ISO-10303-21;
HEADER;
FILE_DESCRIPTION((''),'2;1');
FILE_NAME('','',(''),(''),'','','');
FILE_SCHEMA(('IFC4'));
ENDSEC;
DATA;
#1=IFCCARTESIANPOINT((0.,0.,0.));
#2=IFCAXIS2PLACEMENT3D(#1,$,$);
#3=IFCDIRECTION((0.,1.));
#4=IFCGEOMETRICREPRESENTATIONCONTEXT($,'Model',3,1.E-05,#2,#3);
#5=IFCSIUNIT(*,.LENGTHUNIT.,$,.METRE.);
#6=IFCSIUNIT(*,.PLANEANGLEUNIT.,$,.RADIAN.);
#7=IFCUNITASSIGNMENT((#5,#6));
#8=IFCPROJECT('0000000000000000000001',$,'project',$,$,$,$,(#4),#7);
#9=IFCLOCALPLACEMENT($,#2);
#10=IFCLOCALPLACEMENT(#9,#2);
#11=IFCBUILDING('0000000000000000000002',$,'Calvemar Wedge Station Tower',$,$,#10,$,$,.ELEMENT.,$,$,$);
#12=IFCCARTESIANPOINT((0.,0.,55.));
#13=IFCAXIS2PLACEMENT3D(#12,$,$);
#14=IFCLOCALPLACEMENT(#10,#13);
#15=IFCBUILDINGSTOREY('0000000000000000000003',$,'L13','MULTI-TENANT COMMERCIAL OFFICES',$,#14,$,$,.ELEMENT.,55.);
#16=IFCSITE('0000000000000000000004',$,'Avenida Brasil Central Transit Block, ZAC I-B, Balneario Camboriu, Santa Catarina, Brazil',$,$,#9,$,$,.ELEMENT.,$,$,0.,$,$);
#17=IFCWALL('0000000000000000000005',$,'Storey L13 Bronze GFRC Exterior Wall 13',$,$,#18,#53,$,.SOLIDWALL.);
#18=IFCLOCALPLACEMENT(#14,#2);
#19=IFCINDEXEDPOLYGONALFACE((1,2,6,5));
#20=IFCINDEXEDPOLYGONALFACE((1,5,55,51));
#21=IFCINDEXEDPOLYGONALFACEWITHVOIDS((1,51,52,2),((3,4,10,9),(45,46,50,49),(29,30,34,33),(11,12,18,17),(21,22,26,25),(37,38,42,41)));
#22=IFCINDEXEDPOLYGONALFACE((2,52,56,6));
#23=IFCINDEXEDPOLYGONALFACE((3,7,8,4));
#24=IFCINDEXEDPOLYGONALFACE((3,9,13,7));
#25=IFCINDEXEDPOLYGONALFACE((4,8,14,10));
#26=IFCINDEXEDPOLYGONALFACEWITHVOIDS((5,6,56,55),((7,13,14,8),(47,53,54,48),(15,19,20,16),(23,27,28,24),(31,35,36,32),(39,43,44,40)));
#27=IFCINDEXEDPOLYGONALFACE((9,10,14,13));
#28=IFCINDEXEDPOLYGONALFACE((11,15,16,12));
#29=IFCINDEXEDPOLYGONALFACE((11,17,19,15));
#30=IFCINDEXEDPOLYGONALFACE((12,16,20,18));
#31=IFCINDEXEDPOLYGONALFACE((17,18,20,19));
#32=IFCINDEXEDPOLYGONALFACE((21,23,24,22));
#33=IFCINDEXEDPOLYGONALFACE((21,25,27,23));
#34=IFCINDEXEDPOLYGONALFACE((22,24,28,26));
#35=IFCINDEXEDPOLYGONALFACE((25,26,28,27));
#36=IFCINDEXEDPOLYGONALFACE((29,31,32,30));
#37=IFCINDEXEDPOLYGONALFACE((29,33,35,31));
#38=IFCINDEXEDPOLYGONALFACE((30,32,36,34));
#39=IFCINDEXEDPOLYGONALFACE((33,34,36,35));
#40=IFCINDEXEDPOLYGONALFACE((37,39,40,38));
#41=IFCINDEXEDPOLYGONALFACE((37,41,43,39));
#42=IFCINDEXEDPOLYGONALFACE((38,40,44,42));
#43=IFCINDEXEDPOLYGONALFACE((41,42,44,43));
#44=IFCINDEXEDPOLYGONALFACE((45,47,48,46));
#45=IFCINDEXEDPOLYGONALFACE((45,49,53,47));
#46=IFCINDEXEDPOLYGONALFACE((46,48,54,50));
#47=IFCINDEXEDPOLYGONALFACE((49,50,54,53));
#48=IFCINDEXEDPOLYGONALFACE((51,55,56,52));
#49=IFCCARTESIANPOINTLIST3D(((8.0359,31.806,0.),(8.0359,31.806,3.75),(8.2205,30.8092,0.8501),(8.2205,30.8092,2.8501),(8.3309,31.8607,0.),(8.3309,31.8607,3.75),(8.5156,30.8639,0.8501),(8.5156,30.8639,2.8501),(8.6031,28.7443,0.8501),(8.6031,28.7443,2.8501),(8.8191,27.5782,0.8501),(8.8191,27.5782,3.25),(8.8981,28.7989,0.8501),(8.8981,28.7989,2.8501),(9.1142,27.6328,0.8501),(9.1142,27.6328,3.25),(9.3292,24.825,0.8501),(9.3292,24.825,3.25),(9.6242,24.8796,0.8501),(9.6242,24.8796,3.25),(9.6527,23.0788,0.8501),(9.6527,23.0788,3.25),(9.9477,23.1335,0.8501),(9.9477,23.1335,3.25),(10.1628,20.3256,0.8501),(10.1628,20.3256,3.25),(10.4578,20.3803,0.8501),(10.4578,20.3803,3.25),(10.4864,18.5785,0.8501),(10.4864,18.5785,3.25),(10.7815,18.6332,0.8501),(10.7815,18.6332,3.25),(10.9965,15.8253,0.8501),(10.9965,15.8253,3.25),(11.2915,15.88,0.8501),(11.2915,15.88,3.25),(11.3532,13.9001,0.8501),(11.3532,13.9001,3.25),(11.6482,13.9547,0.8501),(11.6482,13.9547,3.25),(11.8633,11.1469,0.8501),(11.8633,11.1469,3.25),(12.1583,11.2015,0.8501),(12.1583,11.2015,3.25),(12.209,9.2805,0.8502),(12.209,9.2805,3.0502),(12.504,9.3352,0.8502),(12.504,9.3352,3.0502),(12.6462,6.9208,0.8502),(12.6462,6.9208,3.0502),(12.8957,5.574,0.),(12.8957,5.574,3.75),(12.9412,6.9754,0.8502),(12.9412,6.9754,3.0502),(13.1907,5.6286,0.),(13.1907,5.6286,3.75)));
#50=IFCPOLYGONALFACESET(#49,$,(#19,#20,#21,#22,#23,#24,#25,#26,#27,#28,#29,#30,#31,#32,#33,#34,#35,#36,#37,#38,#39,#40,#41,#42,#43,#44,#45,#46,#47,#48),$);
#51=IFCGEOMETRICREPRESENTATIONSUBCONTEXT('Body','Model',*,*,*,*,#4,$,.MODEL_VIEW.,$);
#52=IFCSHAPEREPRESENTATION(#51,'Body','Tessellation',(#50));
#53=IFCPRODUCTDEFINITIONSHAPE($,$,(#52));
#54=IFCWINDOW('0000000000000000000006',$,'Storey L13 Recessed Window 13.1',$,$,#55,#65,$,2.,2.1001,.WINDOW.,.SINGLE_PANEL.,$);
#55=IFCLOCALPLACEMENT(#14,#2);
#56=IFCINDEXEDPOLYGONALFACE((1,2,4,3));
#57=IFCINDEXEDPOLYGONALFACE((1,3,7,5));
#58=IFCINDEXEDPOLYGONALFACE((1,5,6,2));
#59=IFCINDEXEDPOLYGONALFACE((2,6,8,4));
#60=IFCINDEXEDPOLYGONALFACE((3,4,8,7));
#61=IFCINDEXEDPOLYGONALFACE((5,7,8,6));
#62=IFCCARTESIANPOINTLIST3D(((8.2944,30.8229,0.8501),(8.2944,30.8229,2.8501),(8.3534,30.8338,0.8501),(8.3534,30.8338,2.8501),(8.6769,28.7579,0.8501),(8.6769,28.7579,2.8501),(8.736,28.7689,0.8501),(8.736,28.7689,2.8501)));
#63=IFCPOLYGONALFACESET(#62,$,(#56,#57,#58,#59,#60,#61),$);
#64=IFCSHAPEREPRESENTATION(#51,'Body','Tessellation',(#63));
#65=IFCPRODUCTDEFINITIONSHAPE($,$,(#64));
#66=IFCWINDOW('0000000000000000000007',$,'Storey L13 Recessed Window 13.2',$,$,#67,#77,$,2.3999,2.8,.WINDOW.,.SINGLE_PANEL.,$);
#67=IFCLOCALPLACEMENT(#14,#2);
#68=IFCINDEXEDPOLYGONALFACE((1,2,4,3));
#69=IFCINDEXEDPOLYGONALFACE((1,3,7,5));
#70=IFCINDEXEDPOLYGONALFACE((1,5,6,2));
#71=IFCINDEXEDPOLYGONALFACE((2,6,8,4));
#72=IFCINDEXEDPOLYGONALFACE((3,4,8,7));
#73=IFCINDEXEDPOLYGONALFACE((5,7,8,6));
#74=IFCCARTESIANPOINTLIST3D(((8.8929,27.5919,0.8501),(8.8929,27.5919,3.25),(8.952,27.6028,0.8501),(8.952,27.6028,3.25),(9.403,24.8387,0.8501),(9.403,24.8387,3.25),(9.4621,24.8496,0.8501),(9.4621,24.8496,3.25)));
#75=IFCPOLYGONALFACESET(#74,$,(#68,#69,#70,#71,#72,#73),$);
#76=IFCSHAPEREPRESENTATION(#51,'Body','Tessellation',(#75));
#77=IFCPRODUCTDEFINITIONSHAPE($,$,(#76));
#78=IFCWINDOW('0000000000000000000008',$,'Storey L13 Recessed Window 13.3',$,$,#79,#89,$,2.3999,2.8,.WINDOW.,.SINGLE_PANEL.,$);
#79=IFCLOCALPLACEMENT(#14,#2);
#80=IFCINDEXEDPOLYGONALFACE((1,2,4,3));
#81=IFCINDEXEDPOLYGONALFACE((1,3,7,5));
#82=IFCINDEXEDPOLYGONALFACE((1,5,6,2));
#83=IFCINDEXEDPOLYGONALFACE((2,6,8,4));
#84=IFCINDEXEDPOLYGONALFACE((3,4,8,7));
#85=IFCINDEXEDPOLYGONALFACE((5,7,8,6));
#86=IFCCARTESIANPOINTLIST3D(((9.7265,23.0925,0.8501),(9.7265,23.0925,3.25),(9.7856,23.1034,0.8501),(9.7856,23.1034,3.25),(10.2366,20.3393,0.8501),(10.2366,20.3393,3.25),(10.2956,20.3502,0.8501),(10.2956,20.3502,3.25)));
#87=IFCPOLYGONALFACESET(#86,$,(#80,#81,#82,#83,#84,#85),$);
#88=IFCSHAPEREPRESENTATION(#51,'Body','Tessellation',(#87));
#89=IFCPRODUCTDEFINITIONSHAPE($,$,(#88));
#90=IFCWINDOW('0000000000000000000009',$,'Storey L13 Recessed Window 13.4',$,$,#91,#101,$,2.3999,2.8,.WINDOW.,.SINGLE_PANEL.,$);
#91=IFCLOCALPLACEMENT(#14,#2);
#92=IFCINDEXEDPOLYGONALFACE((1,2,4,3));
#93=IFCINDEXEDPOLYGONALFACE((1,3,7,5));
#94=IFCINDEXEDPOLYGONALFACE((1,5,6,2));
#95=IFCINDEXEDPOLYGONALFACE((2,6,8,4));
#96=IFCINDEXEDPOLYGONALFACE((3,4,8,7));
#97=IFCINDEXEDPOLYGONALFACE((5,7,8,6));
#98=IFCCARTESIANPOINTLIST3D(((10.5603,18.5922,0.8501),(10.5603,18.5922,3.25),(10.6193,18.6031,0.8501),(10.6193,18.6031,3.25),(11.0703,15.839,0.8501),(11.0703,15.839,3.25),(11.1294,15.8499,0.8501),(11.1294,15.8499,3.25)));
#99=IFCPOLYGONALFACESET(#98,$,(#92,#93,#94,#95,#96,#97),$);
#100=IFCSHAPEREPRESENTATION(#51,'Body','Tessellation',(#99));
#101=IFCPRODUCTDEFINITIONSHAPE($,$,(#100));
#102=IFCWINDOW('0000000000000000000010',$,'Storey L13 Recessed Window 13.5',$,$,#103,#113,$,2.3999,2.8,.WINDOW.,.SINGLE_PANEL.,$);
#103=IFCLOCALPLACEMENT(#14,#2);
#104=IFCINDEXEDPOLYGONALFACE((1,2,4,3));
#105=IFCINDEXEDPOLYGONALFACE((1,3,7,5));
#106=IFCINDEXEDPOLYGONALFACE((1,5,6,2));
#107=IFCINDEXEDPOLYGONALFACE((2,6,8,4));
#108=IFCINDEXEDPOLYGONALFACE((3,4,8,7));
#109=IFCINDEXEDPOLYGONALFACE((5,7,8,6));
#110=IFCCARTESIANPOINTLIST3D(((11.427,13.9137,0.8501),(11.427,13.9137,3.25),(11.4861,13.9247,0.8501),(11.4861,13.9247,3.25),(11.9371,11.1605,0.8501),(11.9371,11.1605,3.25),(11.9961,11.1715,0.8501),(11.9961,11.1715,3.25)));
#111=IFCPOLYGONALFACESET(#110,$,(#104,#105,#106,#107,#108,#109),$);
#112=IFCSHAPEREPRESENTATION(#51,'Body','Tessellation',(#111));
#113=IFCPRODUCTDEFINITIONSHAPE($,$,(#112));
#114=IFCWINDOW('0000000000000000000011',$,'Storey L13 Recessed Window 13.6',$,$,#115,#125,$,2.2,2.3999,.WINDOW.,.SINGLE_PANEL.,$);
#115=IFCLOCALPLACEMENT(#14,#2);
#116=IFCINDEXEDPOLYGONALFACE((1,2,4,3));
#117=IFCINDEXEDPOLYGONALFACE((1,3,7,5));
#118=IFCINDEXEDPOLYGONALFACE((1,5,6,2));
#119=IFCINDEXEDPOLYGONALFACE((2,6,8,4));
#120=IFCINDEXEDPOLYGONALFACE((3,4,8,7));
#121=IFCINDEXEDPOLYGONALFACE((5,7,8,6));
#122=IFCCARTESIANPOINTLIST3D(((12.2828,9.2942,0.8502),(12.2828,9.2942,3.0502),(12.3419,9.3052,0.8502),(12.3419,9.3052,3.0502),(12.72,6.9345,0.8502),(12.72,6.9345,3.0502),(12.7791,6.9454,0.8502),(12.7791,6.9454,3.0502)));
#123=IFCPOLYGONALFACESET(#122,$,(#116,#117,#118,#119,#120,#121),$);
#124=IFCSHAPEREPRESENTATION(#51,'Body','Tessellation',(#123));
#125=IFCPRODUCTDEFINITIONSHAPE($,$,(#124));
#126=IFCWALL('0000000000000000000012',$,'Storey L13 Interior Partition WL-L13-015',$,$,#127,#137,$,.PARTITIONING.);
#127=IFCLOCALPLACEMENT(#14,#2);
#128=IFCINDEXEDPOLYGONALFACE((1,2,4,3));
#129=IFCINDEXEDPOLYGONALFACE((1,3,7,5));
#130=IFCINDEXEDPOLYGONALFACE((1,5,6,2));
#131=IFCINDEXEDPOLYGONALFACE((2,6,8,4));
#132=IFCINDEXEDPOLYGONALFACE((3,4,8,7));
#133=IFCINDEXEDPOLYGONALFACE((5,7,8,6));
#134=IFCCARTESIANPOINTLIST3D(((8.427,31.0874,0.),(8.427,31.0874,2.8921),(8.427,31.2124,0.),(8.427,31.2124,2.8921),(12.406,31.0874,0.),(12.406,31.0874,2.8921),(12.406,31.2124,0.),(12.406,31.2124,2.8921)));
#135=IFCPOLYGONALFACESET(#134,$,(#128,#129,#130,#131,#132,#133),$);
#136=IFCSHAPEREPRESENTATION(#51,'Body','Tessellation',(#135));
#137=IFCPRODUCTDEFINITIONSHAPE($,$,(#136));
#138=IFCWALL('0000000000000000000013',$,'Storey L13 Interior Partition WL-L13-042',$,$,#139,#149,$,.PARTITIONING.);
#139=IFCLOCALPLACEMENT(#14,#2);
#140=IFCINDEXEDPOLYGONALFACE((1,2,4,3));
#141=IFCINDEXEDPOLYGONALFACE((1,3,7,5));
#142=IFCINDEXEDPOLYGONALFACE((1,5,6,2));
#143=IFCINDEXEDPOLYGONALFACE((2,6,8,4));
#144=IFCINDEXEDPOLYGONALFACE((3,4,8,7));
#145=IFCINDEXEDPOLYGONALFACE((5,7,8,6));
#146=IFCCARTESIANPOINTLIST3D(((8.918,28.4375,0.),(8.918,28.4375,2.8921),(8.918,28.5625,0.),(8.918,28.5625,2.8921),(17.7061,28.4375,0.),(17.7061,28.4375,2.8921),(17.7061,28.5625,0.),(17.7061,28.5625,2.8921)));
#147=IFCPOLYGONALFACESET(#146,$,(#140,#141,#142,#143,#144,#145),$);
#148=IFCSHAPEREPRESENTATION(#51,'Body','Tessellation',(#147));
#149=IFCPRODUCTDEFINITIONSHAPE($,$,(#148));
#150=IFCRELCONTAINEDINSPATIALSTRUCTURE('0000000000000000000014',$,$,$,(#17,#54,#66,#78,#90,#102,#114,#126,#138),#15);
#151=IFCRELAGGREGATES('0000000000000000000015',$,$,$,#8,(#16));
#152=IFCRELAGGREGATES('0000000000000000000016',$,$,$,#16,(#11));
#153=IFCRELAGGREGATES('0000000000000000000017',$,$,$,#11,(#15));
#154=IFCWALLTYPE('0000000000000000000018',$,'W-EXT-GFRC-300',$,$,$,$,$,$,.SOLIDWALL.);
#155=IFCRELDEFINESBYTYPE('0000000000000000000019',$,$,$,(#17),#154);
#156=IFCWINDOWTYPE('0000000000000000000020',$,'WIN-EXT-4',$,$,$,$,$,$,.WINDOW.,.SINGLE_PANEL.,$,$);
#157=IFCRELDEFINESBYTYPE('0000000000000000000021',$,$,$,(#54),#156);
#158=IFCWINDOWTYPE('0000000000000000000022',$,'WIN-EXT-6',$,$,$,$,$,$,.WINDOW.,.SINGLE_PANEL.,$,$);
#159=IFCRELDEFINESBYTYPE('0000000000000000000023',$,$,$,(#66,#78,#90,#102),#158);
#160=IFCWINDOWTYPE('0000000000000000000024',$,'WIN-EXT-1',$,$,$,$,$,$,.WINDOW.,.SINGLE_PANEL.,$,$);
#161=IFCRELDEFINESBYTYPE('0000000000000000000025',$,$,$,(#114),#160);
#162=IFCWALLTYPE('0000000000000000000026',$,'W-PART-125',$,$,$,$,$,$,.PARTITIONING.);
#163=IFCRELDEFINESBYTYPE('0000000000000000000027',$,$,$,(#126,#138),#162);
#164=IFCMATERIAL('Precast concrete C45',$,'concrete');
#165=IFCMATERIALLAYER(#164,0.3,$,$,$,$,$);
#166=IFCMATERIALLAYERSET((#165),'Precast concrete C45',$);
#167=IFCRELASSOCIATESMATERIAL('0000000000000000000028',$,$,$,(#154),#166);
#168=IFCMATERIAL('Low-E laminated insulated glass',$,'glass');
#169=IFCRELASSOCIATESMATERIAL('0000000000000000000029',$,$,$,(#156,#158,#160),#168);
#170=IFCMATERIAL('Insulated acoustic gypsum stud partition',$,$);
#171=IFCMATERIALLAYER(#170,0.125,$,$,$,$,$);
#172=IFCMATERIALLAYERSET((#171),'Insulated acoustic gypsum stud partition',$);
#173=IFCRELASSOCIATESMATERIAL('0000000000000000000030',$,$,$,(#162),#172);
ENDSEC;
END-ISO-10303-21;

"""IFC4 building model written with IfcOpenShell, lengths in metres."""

from ifc_helpers import new_model, si_unit, direction, frame, frame_2d, origin, place, context, subcontext, project, spatial, rectangle, extrude, source, transform, mapped, material, layer, layer_set, type_object, element, fill, save


model = new_model("IFC4")

# Units and contexts
model_context = context("Model", 3, precision=1e-05, world=origin(), true_north=direction((0.0, 1.0)))
body_context = subcontext(model_context, "Body", "Model", "MODEL_VIEW")
ifc_project = project(units=[si_unit("LENGTHUNIT", "METRE"), si_unit("PLANEANGLEUNIT", "RADIAN")], contexts=[model_context])

# Site, building, storey
site_placement = place(None, origin())
site = spatial("IfcSite", under=ifc_project, at=site_placement, Name="Avenida Brasil Central Transit Block, ZAC I-B, Balneario Camboriu, Santa Catarina, Brazil", CompositionType="ELEMENT", RefElevation=0.0)
building_placement = place(site_placement, origin())
building = spatial("IfcBuilding", under=site, at=building_placement, Name="Calvemar Wedge Station Tower", CompositionType="ELEMENT")
storey_placement = place(building_placement, frame((0.0, 0.0, 55.0)))
storey = spatial("IfcBuildingStorey", under=building, at=storey_placement, Name="L13", Description="MULTI-TENANT COMMERCIAL OFFICES", CompositionType="ELEMENT", Elevation=55.0)

# Wall, openings, windows
ifc_material_1 = material(Name="Precast concrete C45", Category="concrete")
ifc_layer_1 = layer(ifc_material_1, 0.3)
ifc_layer_set_1 = layer_set([ifc_layer_1], Name="Precast concrete C45")
wall_type_1 = type_object("IfcWallType", Name="W-EXT-GFRC-300", PredefinedType="SOLIDWALL", material=ifc_layer_set_1)
wall_1_placement = place(storey_placement, frame((8.1833, 31.8335, 0.0), z_axis=(0.0, 0.0, 1.0), x_axis=(0.182164, -0.983268, 0.0)))
wall_1 = element("IfcWall", 1, at=wall_1_placement, inside=storey, type_object=wall_type_1, Name="Storey L13 Bronze GFRC Exterior Wall 13", PredefinedType="SOLIDWALL", context=body_context, shape_type="SweptSolid", body=[
    extrude(rectangle(XDim=26.6785, YDim=0.3, at=frame_2d((13.3394, 0.0))), origin(), (0.0, 0.0, 1.0), 3.75),
])
shared_shape_1 = source(origin(), body_context, "Body", "SweptSolid", [
    extrude(rectangle(XDim=2.1001, YDim=2.0, at=frame_2d((1.05, 1.0))), frame((0.0, 0.1602, 0.0), z_axis=(0.0, -1.0, 0.0), x_axis=(1.0, 0.0, 0.0)), (0.0, 0.0, 1.0), 0.3201),
])
opening_1_placement = place(wall_1_placement, frame((1.0139, 0.0, 0.8501)))
opening_1 = element("IfcOpeningElement", 2, at=opening_1_placement, cuts=wall_1, PredefinedType="OPENING", context=body_context, shape_type="MappedRepresentation", body=[
    mapped(shared_shape_1, transform((0.0, 0.0, 0.0), scale=1.0)),
])
shared_shape_2 = source(origin(), body_context, "Body", "SweptSolid", [
    extrude(rectangle(XDim=2.8, YDim=2.3999, at=frame_2d((1.3999, 1.2))), frame((0.0, 0.1602, 0.0), z_axis=(0.0, -1.0, 0.0), x_axis=(1.0, 0.0, 0.0)), (0.0, 0.0, 1.0), 0.3201),
])
opening_2_placement = place(wall_1_placement, frame((4.3, 0.0, 0.8501)))
opening_2 = element("IfcOpeningElement", 3, at=opening_2_placement, cuts=wall_1, PredefinedType="OPENING", context=body_context, shape_type="MappedRepresentation", body=[
    mapped(shared_shape_2, transform((0.0, 0.0, 0.0), scale=1.0)),
])
opening_3_placement = place(wall_1_placement, frame((8.876, 0.0, 0.8501)))
opening_3 = element("IfcOpeningElement", 4, at=opening_3_placement, cuts=wall_1, PredefinedType="OPENING", context=body_context, shape_type="MappedRepresentation", body=[
    mapped(shared_shape_2, transform((0.0, 0.0, 0.0), scale=1.0)),
])
opening_4_placement = place(wall_1_placement, frame((13.4529, 0.0, 0.8501)))
opening_4 = element("IfcOpeningElement", 5, at=opening_4_placement, cuts=wall_1, PredefinedType="OPENING", context=body_context, shape_type="MappedRepresentation", body=[
    mapped(shared_shape_2, transform((0.0, 0.0, 0.0), scale=1.0)),
])
opening_5_placement = place(wall_1_placement, frame((18.2109, 0.0, 0.8501)))
opening_5 = element("IfcOpeningElement", 6, at=opening_5_placement, cuts=wall_1, PredefinedType="OPENING", context=body_context, shape_type="MappedRepresentation", body=[
    mapped(shared_shape_2, transform((0.0, 0.0, 0.0), scale=1.0)),
])
shared_shape_3 = source(origin(), body_context, "Body", "SweptSolid", [
    extrude(rectangle(XDim=2.3999, YDim=2.2, at=frame_2d((1.2, 1.1001))), frame((0.0, 0.1602, 0.0), z_axis=(0.0, -1.0, 0.0), x_axis=(1.0, 0.0, 0.0)), (0.0, 0.0, 1.0), 0.3201),
])
opening_6_placement = place(wall_1_placement, frame((22.9089, 0.0, 0.8501)))
opening_6 = element("IfcOpeningElement", 7, at=opening_6_placement, cuts=wall_1, PredefinedType="OPENING", context=body_context, shape_type="MappedRepresentation", body=[
    mapped(shared_shape_3, transform((0.0, 0.0, 0.0), scale=1.0)),
])
ifc_material_2 = material(Name="Low-E laminated insulated glass", Category="glass")
window_type_1 = type_object("IfcWindowType", Name="WIN-EXT-4", PartitioningType="SINGLE_PANEL", PredefinedType="WINDOW", material=ifc_material_2)
shared_shape_4 = source(origin(), body_context, "Body", "SweptSolid", [
    extrude(rectangle(XDim=2.1001, YDim=2.0, at=frame_2d((1.05, 1.0))), frame((0.0, -0.0149, 0.0), z_axis=(0.0, -1.0, 0.0), x_axis=(1.0, 0.0, 0.0)), (0.0, 0.0, 1.0), 0.0601),
])
window_1_placement = place(opening_1_placement, origin())
window_1 = element("IfcWindow", 8, at=window_1_placement, inside=storey, type_object=window_type_1, Name="Storey L13 Recessed Window 13.1", OverallHeight=2.0, OverallWidth=2.1001, PartitioningType="SINGLE_PANEL", PredefinedType="WINDOW", context=body_context, shape_type="MappedRepresentation", body=[
    mapped(shared_shape_4, transform((0.0, 0.0, 0.0), scale=1.0)),
])
fill(opening_1, window_1)
window_type_2 = type_object("IfcWindowType", Name="WIN-EXT-6", PartitioningType="SINGLE_PANEL", PredefinedType="WINDOW", material=ifc_material_2)
shared_shape_5 = source(origin(), body_context, "Body", "SweptSolid", [
    extrude(rectangle(XDim=2.8, YDim=2.3999, at=frame_2d((1.3999, 1.2))), frame((0.0, -0.0149, 0.0), z_axis=(0.0, -1.0, 0.0), x_axis=(1.0, 0.0, 0.0)), (0.0, 0.0, 1.0), 0.0601),
])
window_2_placement = place(opening_2_placement, origin())
window_2 = element("IfcWindow", 9, at=window_2_placement, inside=storey, type_object=window_type_2, Name="Storey L13 Recessed Window 13.2", OverallHeight=2.3999, OverallWidth=2.8, PartitioningType="SINGLE_PANEL", PredefinedType="WINDOW", context=body_context, shape_type="MappedRepresentation", body=[
    mapped(shared_shape_5, transform((0.0, 0.0, 0.0), scale=1.0)),
])
fill(opening_2, window_2)
window_3_placement = place(opening_3_placement, origin())
window_3 = element("IfcWindow", 10, at=window_3_placement, inside=storey, type_object=window_type_2, Name="Storey L13 Recessed Window 13.3", OverallHeight=2.3999, OverallWidth=2.8, PartitioningType="SINGLE_PANEL", PredefinedType="WINDOW", context=body_context, shape_type="MappedRepresentation", body=[
    mapped(shared_shape_5, transform((0.0, 0.0, 0.0), scale=1.0)),
])
fill(opening_3, window_3)
window_4_placement = place(opening_4_placement, origin())
window_4 = element("IfcWindow", 11, at=window_4_placement, inside=storey, type_object=window_type_2, Name="Storey L13 Recessed Window 13.4", OverallHeight=2.3999, OverallWidth=2.8, PartitioningType="SINGLE_PANEL", PredefinedType="WINDOW", context=body_context, shape_type="MappedRepresentation", body=[
    mapped(shared_shape_5, transform((0.0, 0.0, 0.0), scale=1.0)),
])
fill(opening_4, window_4)
window_5_placement = place(opening_5_placement, origin())
window_5 = element("IfcWindow", 12, at=window_5_placement, inside=storey, type_object=window_type_2, Name="Storey L13 Recessed Window 13.5", OverallHeight=2.3999, OverallWidth=2.8, PartitioningType="SINGLE_PANEL", PredefinedType="WINDOW", context=body_context, shape_type="MappedRepresentation", body=[
    mapped(shared_shape_5, transform((0.0, 0.0, 0.0), scale=1.0)),
])
fill(opening_5, window_5)
window_type_3 = type_object("IfcWindowType", Name="WIN-EXT-1", PartitioningType="SINGLE_PANEL", PredefinedType="WINDOW", material=ifc_material_2)
shared_shape_6 = source(origin(), body_context, "Body", "SweptSolid", [
    extrude(rectangle(XDim=2.3999, YDim=2.2, at=frame_2d((1.2, 1.1001))), frame((0.0, -0.0149, 0.0), z_axis=(0.0, -1.0, 0.0), x_axis=(1.0, 0.0, 0.0)), (0.0, 0.0, 1.0), 0.0601),
])
window_6_placement = place(opening_6_placement, origin())
window_6 = element("IfcWindow", 13, at=window_6_placement, inside=storey, type_object=window_type_3, Name="Storey L13 Recessed Window 13.6", OverallHeight=2.2, OverallWidth=2.3999, PartitioningType="SINGLE_PANEL", PredefinedType="WINDOW", context=body_context, shape_type="MappedRepresentation", body=[
    mapped(shared_shape_6, transform((0.0, 0.0, 0.0), scale=1.0)),
])
fill(opening_6, window_6)

# Walls
ifc_material_3 = material(Name="Insulated acoustic gypsum stud partition")
ifc_layer_2 = layer(ifc_material_3, 0.125)
ifc_layer_set_2 = layer_set([ifc_layer_2], Name="Insulated acoustic gypsum stud partition")
wall_type_2 = type_object("IfcWallType", Name="W-PART-125", PredefinedType="PARTITIONING", material=ifc_layer_set_2)
wall_2_placement = place(storey_placement, frame((12.406, 31.1499, 0.0), z_axis=(0.0, 0.0, 1.0), x_axis=(-1.0, 0.0, 0.0)))
element("IfcWall", 14, at=wall_2_placement, inside=storey, type_object=wall_type_2, Name="Storey L13 Interior Partition WL-L13-015", PredefinedType="PARTITIONING", context=body_context, shape_type="SweptSolid", body=[
    extrude(rectangle(XDim=3.979, YDim=0.125, at=frame_2d((1.9895, 0.0))), origin(), (0.0, 0.0, 1.0), 2.8921),
])
wall_3_placement = place(storey_placement, frame((8.918, 28.5, 0.0), z_axis=(0.0, 0.0, 1.0), x_axis=(1.0, 0.0, 0.0)))
element("IfcWall", 15, at=wall_3_placement, inside=storey, type_object=wall_type_2, Name="Storey L13 Interior Partition WL-L13-042", PredefinedType="PARTITIONING", context=body_context, shape_type="SweptSolid", body=[
    extrude(rectangle(XDim=8.7881, YDim=0.125, at=frame_2d((4.394, 0.0))), origin(), (0.0, 0.0, 1.0), 2.8921),
])

save(model, "model.ifc")
